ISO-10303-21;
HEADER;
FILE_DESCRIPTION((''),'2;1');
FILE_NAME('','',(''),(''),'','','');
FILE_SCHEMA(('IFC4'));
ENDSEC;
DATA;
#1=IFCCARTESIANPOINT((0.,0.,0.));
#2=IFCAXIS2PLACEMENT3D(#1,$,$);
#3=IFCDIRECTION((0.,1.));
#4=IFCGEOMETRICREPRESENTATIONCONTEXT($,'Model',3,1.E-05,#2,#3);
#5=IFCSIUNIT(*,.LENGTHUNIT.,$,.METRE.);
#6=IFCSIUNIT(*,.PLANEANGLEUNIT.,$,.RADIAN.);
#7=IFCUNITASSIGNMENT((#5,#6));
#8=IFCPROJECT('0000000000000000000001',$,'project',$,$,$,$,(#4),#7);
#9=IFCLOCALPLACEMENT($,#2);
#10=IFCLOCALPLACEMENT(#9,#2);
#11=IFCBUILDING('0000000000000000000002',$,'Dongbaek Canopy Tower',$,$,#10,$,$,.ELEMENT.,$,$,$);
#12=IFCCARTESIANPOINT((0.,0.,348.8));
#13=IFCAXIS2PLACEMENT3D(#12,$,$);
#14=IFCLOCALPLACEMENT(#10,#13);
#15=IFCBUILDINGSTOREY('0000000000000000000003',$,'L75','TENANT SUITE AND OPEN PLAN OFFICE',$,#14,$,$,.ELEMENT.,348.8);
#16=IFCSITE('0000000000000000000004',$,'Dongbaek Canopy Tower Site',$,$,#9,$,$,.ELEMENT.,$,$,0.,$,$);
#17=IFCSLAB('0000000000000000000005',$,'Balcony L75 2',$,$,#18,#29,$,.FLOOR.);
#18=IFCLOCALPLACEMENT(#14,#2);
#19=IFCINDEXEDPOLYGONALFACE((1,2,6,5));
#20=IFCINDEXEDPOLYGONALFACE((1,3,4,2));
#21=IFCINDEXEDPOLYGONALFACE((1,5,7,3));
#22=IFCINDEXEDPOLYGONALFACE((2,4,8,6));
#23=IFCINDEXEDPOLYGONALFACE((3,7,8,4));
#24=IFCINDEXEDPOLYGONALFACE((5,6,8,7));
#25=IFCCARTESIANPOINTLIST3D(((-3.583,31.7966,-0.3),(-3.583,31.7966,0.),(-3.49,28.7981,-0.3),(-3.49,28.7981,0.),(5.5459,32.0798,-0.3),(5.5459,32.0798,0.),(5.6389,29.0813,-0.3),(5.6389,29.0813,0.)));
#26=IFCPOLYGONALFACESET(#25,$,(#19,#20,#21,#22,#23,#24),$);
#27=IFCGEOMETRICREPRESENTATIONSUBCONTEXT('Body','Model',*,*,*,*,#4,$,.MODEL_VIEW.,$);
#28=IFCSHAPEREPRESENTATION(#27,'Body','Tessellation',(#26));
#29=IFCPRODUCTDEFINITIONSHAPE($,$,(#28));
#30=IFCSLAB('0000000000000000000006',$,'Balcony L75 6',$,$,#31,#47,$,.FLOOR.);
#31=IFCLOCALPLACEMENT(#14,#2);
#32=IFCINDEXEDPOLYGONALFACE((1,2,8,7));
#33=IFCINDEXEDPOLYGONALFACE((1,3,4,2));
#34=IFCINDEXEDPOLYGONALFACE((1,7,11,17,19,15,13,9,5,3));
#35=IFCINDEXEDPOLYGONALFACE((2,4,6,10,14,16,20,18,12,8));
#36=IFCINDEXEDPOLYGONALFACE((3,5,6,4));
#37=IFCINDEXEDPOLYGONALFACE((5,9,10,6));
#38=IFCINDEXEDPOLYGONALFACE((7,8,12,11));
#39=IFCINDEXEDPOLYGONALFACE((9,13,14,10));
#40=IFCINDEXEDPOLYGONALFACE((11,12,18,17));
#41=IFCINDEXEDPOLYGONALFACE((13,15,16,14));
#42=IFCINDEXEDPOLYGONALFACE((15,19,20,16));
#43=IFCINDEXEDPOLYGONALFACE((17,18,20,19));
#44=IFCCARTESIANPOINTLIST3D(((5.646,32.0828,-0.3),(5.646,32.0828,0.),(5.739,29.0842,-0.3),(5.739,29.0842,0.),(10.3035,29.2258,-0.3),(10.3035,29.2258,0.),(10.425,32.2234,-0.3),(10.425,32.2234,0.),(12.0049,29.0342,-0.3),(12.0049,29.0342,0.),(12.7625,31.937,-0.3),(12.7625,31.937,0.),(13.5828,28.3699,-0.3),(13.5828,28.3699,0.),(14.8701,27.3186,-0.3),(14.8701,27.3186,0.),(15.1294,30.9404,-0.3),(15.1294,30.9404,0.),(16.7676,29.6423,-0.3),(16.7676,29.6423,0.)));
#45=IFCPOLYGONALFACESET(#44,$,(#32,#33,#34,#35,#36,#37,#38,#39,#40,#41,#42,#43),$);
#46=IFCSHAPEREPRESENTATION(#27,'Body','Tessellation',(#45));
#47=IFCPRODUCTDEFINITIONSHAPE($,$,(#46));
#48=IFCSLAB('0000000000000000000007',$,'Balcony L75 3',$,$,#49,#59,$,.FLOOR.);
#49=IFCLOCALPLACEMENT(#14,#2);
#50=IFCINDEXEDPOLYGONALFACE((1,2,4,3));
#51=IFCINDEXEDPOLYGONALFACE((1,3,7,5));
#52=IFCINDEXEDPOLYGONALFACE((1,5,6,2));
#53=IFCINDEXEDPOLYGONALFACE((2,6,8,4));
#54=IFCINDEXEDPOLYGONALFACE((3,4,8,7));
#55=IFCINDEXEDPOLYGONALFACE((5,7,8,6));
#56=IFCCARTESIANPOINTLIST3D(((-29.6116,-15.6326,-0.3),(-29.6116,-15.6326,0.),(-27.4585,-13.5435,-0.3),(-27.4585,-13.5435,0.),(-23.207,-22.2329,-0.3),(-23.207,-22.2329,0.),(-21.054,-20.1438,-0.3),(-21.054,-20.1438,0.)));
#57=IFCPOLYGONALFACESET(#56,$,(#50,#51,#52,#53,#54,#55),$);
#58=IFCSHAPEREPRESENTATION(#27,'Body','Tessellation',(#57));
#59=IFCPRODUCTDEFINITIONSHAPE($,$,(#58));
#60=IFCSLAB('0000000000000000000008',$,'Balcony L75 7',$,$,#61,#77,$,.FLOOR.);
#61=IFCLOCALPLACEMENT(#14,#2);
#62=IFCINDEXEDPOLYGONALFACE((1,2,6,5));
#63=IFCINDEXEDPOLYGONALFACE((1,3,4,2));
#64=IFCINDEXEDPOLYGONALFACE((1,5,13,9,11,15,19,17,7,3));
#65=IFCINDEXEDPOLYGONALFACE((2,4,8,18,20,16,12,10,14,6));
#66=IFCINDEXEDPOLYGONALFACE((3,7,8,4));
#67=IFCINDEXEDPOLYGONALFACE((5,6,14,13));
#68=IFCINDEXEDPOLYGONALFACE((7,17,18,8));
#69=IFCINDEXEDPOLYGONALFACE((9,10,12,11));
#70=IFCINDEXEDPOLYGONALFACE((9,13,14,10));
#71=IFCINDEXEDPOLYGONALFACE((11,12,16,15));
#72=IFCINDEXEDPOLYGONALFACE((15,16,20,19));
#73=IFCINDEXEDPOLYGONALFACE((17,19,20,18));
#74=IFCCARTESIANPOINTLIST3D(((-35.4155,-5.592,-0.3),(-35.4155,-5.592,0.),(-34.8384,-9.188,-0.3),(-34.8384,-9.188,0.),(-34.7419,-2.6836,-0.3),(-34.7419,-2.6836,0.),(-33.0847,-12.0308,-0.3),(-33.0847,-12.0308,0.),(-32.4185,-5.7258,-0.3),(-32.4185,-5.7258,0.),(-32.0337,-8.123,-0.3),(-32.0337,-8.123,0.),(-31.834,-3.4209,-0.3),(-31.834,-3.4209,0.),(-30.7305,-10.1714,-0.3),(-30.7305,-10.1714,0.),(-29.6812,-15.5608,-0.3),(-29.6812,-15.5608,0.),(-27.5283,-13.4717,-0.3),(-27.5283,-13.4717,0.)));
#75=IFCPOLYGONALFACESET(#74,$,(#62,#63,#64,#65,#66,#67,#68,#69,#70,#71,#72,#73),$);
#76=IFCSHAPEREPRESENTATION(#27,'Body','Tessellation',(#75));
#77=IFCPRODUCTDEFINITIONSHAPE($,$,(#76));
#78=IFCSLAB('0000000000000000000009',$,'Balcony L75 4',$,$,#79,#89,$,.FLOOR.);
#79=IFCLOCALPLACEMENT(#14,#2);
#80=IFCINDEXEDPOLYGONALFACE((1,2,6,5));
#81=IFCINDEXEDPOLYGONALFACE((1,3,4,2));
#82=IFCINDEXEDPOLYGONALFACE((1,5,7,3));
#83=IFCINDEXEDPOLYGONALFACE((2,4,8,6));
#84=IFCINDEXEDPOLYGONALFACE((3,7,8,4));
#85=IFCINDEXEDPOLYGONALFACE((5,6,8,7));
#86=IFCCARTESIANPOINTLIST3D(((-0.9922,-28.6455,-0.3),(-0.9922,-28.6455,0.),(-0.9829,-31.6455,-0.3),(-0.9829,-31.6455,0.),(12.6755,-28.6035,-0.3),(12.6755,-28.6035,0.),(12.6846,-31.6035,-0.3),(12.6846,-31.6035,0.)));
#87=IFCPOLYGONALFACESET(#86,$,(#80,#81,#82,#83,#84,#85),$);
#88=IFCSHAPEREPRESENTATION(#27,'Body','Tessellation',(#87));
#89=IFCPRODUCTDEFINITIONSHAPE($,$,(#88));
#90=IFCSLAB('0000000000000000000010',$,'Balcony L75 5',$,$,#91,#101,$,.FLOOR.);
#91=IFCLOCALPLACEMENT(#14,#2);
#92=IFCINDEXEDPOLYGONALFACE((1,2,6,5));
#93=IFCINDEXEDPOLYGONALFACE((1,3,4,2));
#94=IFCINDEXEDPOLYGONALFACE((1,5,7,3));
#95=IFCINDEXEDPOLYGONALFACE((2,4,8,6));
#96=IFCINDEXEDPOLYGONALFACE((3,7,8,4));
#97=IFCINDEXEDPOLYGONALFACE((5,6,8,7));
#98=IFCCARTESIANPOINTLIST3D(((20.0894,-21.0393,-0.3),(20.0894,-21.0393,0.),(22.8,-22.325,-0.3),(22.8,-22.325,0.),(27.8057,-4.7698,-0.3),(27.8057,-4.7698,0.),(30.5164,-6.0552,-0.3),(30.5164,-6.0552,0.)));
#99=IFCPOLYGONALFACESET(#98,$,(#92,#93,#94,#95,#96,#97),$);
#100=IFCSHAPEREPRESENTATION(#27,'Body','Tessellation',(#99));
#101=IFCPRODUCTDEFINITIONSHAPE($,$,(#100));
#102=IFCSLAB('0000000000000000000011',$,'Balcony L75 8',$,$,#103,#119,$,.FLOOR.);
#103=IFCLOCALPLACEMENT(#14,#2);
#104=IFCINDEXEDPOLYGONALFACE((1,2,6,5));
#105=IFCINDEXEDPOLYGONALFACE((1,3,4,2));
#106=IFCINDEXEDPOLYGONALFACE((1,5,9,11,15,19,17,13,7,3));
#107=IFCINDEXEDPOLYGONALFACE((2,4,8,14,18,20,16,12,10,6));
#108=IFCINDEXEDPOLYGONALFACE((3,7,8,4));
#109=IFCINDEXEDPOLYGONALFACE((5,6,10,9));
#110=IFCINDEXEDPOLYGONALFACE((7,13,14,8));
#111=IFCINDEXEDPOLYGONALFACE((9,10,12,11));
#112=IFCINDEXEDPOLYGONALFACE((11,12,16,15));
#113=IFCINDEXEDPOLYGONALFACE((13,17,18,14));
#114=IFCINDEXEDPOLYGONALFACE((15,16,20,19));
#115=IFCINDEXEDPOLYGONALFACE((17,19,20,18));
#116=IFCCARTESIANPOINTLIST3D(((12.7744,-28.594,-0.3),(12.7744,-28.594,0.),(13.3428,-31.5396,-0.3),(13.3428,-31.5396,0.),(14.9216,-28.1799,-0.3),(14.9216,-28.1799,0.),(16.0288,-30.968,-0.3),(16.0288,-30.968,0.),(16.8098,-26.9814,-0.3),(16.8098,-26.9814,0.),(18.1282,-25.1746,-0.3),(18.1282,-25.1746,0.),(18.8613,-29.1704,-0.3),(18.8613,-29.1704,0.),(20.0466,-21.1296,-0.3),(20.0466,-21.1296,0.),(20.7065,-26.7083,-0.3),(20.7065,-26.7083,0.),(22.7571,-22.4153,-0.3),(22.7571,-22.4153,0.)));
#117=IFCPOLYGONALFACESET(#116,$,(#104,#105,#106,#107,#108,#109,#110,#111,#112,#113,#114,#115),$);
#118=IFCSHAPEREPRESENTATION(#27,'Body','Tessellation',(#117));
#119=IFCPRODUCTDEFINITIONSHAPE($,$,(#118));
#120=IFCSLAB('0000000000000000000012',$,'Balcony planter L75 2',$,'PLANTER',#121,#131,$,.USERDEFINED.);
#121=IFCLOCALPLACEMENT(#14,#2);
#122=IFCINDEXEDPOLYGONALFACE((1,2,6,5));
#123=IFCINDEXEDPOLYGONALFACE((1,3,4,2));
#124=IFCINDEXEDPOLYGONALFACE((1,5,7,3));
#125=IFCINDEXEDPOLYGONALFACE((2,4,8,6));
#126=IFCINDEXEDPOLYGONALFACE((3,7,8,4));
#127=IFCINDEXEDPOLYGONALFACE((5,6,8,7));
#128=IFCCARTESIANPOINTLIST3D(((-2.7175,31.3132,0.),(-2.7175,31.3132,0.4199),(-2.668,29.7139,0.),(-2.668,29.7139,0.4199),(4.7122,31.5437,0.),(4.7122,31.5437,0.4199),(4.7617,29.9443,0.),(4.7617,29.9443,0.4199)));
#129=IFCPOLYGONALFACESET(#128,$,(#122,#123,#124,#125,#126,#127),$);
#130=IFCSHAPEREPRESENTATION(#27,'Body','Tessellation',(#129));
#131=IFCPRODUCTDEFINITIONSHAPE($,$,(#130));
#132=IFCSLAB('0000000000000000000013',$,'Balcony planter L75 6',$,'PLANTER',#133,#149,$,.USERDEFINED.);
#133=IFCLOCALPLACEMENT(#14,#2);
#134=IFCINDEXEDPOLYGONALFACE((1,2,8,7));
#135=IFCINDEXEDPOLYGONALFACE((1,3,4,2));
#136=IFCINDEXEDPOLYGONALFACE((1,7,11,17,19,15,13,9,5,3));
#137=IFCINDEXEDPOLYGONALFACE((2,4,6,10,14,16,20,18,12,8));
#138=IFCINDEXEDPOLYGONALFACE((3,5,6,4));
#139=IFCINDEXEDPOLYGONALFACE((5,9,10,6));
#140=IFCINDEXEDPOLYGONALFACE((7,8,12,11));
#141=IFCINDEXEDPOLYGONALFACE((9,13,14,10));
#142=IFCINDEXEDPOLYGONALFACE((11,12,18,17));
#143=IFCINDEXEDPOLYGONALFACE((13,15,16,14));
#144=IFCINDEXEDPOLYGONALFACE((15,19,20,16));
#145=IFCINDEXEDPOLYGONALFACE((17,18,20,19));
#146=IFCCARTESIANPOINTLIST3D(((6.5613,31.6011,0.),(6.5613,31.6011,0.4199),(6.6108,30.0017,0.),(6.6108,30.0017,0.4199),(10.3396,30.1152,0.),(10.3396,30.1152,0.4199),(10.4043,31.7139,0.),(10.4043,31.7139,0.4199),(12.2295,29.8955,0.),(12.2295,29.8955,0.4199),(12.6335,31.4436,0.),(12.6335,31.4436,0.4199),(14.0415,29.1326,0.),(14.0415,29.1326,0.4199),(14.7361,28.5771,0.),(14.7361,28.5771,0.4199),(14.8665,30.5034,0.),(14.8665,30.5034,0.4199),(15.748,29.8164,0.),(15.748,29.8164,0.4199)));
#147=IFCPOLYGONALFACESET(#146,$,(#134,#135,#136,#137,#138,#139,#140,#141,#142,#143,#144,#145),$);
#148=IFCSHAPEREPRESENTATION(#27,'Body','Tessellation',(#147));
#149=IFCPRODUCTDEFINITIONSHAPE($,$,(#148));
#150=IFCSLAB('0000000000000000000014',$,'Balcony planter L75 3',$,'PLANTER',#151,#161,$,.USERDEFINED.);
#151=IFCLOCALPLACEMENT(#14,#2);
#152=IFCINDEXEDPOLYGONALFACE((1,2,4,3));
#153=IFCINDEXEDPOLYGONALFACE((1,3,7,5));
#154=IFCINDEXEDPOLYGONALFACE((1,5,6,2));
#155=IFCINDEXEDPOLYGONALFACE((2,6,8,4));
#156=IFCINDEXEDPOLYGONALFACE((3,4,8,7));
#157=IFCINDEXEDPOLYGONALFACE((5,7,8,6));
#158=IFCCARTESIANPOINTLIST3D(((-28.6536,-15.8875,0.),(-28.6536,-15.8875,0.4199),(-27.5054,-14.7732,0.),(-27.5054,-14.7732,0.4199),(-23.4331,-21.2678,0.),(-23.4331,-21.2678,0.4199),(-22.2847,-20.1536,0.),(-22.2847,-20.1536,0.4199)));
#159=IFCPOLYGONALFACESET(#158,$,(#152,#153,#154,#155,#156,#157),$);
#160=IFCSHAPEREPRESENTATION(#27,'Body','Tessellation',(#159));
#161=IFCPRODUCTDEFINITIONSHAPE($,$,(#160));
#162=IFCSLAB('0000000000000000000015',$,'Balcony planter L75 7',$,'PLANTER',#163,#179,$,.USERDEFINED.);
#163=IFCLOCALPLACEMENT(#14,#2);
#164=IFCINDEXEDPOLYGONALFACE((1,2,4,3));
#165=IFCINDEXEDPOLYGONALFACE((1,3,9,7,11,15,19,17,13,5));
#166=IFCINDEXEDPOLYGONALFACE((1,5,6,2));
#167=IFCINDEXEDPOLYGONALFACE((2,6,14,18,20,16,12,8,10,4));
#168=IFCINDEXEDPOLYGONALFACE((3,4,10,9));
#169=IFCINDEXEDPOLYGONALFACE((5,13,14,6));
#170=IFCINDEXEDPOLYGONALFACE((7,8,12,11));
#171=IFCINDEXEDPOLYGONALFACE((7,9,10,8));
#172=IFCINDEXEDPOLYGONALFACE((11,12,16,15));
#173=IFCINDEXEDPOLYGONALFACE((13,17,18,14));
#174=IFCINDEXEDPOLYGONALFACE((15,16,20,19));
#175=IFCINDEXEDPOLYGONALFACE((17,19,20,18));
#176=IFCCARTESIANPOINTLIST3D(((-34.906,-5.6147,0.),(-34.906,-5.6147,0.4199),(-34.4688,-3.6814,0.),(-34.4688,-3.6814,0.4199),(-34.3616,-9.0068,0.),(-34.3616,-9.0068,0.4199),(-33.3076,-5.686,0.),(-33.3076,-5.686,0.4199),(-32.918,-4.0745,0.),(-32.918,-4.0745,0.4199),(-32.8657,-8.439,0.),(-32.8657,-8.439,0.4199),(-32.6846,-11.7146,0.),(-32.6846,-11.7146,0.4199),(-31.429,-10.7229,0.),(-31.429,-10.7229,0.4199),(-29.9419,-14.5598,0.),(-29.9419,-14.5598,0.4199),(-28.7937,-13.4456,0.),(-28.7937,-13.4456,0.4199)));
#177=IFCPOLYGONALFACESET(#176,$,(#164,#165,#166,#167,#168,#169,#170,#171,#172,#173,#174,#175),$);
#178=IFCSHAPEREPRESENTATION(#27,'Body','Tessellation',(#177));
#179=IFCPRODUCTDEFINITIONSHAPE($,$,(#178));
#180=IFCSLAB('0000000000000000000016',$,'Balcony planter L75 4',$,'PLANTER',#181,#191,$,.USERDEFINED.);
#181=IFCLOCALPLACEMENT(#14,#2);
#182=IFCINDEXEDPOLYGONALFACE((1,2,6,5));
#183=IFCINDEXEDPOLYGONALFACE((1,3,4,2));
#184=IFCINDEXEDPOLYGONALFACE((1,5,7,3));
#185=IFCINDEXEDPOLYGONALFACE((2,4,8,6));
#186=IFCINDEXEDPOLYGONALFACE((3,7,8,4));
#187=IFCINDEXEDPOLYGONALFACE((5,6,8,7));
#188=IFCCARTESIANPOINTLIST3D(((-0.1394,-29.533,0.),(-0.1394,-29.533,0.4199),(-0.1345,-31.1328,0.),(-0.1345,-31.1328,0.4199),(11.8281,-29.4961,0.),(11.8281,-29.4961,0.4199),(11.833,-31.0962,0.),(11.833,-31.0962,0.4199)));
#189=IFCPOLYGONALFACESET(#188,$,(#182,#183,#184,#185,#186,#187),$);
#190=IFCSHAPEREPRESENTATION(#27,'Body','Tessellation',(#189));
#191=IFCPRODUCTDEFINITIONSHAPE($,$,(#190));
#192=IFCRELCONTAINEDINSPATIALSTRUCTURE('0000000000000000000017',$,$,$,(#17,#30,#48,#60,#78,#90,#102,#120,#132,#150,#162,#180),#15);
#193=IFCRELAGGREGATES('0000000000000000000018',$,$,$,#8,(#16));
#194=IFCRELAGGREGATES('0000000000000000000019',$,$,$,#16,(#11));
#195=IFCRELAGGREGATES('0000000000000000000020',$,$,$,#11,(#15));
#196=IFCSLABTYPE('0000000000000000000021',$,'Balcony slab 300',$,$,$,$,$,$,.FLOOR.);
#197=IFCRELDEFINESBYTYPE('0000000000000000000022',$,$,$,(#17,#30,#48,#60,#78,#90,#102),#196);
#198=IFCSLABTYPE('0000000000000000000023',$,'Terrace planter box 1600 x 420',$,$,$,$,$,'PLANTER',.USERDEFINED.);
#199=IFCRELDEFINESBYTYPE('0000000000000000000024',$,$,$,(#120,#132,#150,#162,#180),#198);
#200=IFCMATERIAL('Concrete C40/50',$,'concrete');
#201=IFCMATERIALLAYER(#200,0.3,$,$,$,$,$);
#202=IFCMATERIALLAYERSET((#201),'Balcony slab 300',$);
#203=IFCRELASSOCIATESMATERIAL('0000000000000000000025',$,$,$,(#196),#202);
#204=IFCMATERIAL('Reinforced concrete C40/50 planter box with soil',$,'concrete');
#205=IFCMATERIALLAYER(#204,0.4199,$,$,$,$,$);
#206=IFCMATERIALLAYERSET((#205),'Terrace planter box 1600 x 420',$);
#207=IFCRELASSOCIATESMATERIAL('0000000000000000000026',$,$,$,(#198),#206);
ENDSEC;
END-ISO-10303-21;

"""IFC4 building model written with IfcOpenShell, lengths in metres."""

from ifc_helpers import new_model, si_unit, direction, frame, origin, place, context, subcontext, project, spatial, polyline, outline, extrude, material, layer, layer_set, type_object, element, save


model = new_model("IFC4")

# Units and contexts
model_context = context("Model", 3, precision=1e-05, world=origin(), true_north=direction((0.0, 1.0)))
body_context = subcontext(model_context, "Body", "Model", "MODEL_VIEW")
ifc_project = project(units=[si_unit("LENGTHUNIT", "METRE"), si_unit("PLANEANGLEUNIT", "RADIAN")], contexts=[model_context])

# Site, building, storey
site_placement = place(None, origin())
site = spatial("IfcSite", under=ifc_project, at=site_placement, Name="Dongbaek Canopy Tower Site", CompositionType="ELEMENT", RefElevation=0.0)
building_placement = place(site_placement, origin())
building = spatial("IfcBuilding", under=site, at=building_placement, Name="Dongbaek Canopy Tower", CompositionType="ELEMENT")
storey_placement = place(building_placement, frame((0.0, 0.0, 348.8)))
storey = spatial("IfcBuildingStorey", under=building, at=storey_placement, Name="L75", Description="TENANT SUITE AND OPEN PLAN OFFICE", CompositionType="ELEMENT", Elevation=348.8)

# Slabs
ifc_material_1 = material(Name="Concrete C40/50", Category="concrete")
ifc_layer_1 = layer(ifc_material_1, 0.3)
ifc_layer_set_1 = layer_set([ifc_layer_1], Name="Balcony slab 300")
slab_type_1 = type_object("IfcSlabType", Name="Balcony slab 300", PredefinedType="FLOOR", material=ifc_layer_set_1)
slab_1_placement = place(storey_placement, frame((0.0, 0.0, -0.3)))
element("IfcSlab", 1, at=slab_1_placement, inside=storey, type_object=slab_type_1, Name="Balcony L75 2", PredefinedType="FLOOR", context=body_context, shape_type="SweptSolid", body=[
    extrude(outline(polyline([(5.6389, 29.0813), (-3.49, 28.7981), (-3.583, 31.7966), (5.5459, 32.0798), (5.6389, 29.0813)])), origin(), (0.0, 0.0, 1.0), 0.3),
])
slab_2_placement = place(storey_placement, frame((0.0, 0.0, -0.3)))
element("IfcSlab", 2, at=slab_2_placement, inside=storey, type_object=slab_type_1, Name="Balcony L75 6", PredefinedType="FLOOR", context=body_context, shape_type="SweptSolid", body=[
    extrude(outline(polyline([(14.8701, 27.3186), (13.5828, 28.3699), (12.0049, 29.0342), (10.3035, 29.2258), (5.739, 29.0842), (5.646, 32.0828), (10.425, 32.2234), (12.7625, 31.937), (15.1294, 30.9404), (16.7676, 29.6423), (14.8701, 27.3186)])), origin(), (0.0, 0.0, 1.0), 0.3),
])
slab_3_placement = place(storey_placement, frame((0.0, 0.0, -0.3)))
element("IfcSlab", 3, at=slab_3_placement, inside=storey, type_object=slab_type_1, Name="Balcony L75 3", PredefinedType="FLOOR", context=body_context, shape_type="SweptSolid", body=[
    extrude(outline(polyline([(-27.4585, -13.5435), (-21.054, -20.1438), (-23.207, -22.2329), (-29.6116, -15.6326), (-27.4585, -13.5435)])), origin(), (0.0, 0.0, 1.0), 0.3),
])
slab_4_placement = place(storey_placement, frame((0.0, 0.0, -0.3)))
element("IfcSlab", 4, at=slab_4_placement, inside=storey, type_object=slab_type_1, Name="Balcony L75 7", PredefinedType="FLOOR", context=body_context, shape_type="SweptSolid", body=[
    extrude(outline(polyline([(-31.834, -3.4209), (-32.4185, -5.7258), (-32.0337, -8.123), (-30.7305, -10.1714), (-27.5283, -13.4717), (-29.6812, -15.5608), (-33.0847, -12.0308), (-34.8384, -9.188), (-35.4155, -5.592), (-34.7419, -2.6836), (-31.834, -3.4209)])), origin(), (0.0, 0.0, 1.0), 0.3),
])
slab_5_placement = place(storey_placement, frame((0.0, 0.0, -0.3)))
element("IfcSlab", 5, at=slab_5_placement, inside=storey, type_object=slab_type_1, Name="Balcony L75 4", PredefinedType="FLOOR", context=body_context, shape_type="SweptSolid", body=[
    extrude(outline(polyline([(-0.9922, -28.6455), (12.6755, -28.6035), (12.6846, -31.6035), (-0.9829, -31.6455), (-0.9922, -28.6455)])), origin(), (0.0, 0.0, 1.0), 0.3),
])
slab_6_placement = place(storey_placement, frame((0.0, 0.0, -0.3)))
element("IfcSlab", 6, at=slab_6_placement, inside=storey, type_object=slab_type_1, Name="Balcony L75 5", PredefinedType="FLOOR", context=body_context, shape_type="SweptSolid", body=[
    extrude(outline(polyline([(20.0894, -21.0393), (27.8057, -4.7698), (30.5164, -6.0552), (22.8, -22.325), (20.0894, -21.0393)])), origin(), (0.0, 0.0, 1.0), 0.3),
])
slab_7_placement = place(storey_placement, frame((0.0, 0.0, -0.3)))
element("IfcSlab", 7, at=slab_7_placement, inside=storey, type_object=slab_type_1, Name="Balcony L75 8", PredefinedType="FLOOR", context=body_context, shape_type="SweptSolid", body=[
    extrude(outline(polyline([(12.7744, -28.594), (14.9216, -28.1799), (16.8098, -26.9814), (18.1282, -25.1746), (20.0466, -21.1296), (22.7571, -22.4153), (20.7065, -26.7083), (18.8613, -29.1704), (16.0288, -30.968), (13.3428, -31.5396), (12.7744, -28.594)])), origin(), (0.0, 0.0, 1.0), 0.3),
])
ifc_material_2 = material(Name="Reinforced concrete C40/50 planter box with soil", Category="concrete")
ifc_layer_2 = layer(ifc_material_2, 0.4199)
ifc_layer_set_2 = layer_set([ifc_layer_2], Name="Terrace planter box 1600 x 420")
slab_type_2 = type_object("IfcSlabType", Name="Terrace planter box 1600 x 420", ElementType="PLANTER", PredefinedType="USERDEFINED", material=ifc_layer_set_2)
slab_8_placement = place(storey_placement, origin())
element("IfcSlab", 8, at=slab_8_placement, inside=storey, type_object=slab_type_2, Name="Balcony planter L75 2", ObjectType="PLANTER", PredefinedType="USERDEFINED", context=body_context, shape_type="SweptSolid", body=[
    extrude(outline(polyline([(4.7617, 29.9443), (-2.668, 29.7139), (-2.7175, 31.3132), (4.7122, 31.5437), (4.7617, 29.9443)])), origin(), (0.0, 0.0, 1.0), 0.4199),
])
slab_9_placement = place(storey_placement, origin())
element("IfcSlab", 9, at=slab_9_placement, inside=storey, type_object=slab_type_2, Name="Balcony planter L75 6", ObjectType="PLANTER", PredefinedType="USERDEFINED", context=body_context, shape_type="SweptSolid", body=[
    extrude(outline(polyline([(14.7361, 28.5771), (14.0415, 29.1326), (12.2295, 29.8955), (10.3396, 30.1152), (6.6108, 30.0017), (6.5613, 31.6011), (10.4043, 31.7139), (12.6335, 31.4436), (14.8665, 30.5034), (15.748, 29.8164), (14.7361, 28.5771)])), origin(), (0.0, 0.0, 1.0), 0.4199),
])
slab_10_placement = place(storey_placement, origin())
element("IfcSlab", 10, at=slab_10_placement, inside=storey, type_object=slab_type_2, Name="Balcony planter L75 3", ObjectType="PLANTER", PredefinedType="USERDEFINED", context=body_context, shape_type="SweptSolid", body=[
    extrude(outline(polyline([(-27.5054, -14.7732), (-22.2847, -20.1536), (-23.4331, -21.2678), (-28.6536, -15.8875), (-27.5054, -14.7732)])), origin(), (0.0, 0.0, 1.0), 0.4199),
])
slab_11_placement = place(storey_placement, origin())
element("IfcSlab", 11, at=slab_11_placement, inside=storey, type_object=slab_type_2, Name="Balcony planter L75 7", ObjectType="PLANTER", PredefinedType="USERDEFINED", context=body_context, shape_type="SweptSolid", body=[
    extrude(outline(polyline([(-32.918, -4.0745), (-33.3076, -5.686), (-32.8657, -8.439), (-31.429, -10.7229), (-28.7937, -13.4456), (-29.9419, -14.5598), (-32.6846, -11.7146), (-34.3616, -9.0068), (-34.906, -5.6147), (-34.4688, -3.6814), (-32.918, -4.0745)])), origin(), (0.0, 0.0, 1.0), 0.4199),
])
slab_12_placement = place(storey_placement, origin())
element("IfcSlab", 12, at=slab_12_placement, inside=storey, type_object=slab_type_2, Name="Balcony planter L75 4", ObjectType="PLANTER", PredefinedType="USERDEFINED", context=body_context, shape_type="SweptSolid", body=[
    extrude(outline(polyline([(-0.1394, -29.533), (11.8281, -29.4961), (11.833, -31.0962), (-0.1345, -31.1328), (-0.1394, -29.533)])), origin(), (0.0, 0.0, 1.0), 0.4199),
])

save(model, "model.ifc")
